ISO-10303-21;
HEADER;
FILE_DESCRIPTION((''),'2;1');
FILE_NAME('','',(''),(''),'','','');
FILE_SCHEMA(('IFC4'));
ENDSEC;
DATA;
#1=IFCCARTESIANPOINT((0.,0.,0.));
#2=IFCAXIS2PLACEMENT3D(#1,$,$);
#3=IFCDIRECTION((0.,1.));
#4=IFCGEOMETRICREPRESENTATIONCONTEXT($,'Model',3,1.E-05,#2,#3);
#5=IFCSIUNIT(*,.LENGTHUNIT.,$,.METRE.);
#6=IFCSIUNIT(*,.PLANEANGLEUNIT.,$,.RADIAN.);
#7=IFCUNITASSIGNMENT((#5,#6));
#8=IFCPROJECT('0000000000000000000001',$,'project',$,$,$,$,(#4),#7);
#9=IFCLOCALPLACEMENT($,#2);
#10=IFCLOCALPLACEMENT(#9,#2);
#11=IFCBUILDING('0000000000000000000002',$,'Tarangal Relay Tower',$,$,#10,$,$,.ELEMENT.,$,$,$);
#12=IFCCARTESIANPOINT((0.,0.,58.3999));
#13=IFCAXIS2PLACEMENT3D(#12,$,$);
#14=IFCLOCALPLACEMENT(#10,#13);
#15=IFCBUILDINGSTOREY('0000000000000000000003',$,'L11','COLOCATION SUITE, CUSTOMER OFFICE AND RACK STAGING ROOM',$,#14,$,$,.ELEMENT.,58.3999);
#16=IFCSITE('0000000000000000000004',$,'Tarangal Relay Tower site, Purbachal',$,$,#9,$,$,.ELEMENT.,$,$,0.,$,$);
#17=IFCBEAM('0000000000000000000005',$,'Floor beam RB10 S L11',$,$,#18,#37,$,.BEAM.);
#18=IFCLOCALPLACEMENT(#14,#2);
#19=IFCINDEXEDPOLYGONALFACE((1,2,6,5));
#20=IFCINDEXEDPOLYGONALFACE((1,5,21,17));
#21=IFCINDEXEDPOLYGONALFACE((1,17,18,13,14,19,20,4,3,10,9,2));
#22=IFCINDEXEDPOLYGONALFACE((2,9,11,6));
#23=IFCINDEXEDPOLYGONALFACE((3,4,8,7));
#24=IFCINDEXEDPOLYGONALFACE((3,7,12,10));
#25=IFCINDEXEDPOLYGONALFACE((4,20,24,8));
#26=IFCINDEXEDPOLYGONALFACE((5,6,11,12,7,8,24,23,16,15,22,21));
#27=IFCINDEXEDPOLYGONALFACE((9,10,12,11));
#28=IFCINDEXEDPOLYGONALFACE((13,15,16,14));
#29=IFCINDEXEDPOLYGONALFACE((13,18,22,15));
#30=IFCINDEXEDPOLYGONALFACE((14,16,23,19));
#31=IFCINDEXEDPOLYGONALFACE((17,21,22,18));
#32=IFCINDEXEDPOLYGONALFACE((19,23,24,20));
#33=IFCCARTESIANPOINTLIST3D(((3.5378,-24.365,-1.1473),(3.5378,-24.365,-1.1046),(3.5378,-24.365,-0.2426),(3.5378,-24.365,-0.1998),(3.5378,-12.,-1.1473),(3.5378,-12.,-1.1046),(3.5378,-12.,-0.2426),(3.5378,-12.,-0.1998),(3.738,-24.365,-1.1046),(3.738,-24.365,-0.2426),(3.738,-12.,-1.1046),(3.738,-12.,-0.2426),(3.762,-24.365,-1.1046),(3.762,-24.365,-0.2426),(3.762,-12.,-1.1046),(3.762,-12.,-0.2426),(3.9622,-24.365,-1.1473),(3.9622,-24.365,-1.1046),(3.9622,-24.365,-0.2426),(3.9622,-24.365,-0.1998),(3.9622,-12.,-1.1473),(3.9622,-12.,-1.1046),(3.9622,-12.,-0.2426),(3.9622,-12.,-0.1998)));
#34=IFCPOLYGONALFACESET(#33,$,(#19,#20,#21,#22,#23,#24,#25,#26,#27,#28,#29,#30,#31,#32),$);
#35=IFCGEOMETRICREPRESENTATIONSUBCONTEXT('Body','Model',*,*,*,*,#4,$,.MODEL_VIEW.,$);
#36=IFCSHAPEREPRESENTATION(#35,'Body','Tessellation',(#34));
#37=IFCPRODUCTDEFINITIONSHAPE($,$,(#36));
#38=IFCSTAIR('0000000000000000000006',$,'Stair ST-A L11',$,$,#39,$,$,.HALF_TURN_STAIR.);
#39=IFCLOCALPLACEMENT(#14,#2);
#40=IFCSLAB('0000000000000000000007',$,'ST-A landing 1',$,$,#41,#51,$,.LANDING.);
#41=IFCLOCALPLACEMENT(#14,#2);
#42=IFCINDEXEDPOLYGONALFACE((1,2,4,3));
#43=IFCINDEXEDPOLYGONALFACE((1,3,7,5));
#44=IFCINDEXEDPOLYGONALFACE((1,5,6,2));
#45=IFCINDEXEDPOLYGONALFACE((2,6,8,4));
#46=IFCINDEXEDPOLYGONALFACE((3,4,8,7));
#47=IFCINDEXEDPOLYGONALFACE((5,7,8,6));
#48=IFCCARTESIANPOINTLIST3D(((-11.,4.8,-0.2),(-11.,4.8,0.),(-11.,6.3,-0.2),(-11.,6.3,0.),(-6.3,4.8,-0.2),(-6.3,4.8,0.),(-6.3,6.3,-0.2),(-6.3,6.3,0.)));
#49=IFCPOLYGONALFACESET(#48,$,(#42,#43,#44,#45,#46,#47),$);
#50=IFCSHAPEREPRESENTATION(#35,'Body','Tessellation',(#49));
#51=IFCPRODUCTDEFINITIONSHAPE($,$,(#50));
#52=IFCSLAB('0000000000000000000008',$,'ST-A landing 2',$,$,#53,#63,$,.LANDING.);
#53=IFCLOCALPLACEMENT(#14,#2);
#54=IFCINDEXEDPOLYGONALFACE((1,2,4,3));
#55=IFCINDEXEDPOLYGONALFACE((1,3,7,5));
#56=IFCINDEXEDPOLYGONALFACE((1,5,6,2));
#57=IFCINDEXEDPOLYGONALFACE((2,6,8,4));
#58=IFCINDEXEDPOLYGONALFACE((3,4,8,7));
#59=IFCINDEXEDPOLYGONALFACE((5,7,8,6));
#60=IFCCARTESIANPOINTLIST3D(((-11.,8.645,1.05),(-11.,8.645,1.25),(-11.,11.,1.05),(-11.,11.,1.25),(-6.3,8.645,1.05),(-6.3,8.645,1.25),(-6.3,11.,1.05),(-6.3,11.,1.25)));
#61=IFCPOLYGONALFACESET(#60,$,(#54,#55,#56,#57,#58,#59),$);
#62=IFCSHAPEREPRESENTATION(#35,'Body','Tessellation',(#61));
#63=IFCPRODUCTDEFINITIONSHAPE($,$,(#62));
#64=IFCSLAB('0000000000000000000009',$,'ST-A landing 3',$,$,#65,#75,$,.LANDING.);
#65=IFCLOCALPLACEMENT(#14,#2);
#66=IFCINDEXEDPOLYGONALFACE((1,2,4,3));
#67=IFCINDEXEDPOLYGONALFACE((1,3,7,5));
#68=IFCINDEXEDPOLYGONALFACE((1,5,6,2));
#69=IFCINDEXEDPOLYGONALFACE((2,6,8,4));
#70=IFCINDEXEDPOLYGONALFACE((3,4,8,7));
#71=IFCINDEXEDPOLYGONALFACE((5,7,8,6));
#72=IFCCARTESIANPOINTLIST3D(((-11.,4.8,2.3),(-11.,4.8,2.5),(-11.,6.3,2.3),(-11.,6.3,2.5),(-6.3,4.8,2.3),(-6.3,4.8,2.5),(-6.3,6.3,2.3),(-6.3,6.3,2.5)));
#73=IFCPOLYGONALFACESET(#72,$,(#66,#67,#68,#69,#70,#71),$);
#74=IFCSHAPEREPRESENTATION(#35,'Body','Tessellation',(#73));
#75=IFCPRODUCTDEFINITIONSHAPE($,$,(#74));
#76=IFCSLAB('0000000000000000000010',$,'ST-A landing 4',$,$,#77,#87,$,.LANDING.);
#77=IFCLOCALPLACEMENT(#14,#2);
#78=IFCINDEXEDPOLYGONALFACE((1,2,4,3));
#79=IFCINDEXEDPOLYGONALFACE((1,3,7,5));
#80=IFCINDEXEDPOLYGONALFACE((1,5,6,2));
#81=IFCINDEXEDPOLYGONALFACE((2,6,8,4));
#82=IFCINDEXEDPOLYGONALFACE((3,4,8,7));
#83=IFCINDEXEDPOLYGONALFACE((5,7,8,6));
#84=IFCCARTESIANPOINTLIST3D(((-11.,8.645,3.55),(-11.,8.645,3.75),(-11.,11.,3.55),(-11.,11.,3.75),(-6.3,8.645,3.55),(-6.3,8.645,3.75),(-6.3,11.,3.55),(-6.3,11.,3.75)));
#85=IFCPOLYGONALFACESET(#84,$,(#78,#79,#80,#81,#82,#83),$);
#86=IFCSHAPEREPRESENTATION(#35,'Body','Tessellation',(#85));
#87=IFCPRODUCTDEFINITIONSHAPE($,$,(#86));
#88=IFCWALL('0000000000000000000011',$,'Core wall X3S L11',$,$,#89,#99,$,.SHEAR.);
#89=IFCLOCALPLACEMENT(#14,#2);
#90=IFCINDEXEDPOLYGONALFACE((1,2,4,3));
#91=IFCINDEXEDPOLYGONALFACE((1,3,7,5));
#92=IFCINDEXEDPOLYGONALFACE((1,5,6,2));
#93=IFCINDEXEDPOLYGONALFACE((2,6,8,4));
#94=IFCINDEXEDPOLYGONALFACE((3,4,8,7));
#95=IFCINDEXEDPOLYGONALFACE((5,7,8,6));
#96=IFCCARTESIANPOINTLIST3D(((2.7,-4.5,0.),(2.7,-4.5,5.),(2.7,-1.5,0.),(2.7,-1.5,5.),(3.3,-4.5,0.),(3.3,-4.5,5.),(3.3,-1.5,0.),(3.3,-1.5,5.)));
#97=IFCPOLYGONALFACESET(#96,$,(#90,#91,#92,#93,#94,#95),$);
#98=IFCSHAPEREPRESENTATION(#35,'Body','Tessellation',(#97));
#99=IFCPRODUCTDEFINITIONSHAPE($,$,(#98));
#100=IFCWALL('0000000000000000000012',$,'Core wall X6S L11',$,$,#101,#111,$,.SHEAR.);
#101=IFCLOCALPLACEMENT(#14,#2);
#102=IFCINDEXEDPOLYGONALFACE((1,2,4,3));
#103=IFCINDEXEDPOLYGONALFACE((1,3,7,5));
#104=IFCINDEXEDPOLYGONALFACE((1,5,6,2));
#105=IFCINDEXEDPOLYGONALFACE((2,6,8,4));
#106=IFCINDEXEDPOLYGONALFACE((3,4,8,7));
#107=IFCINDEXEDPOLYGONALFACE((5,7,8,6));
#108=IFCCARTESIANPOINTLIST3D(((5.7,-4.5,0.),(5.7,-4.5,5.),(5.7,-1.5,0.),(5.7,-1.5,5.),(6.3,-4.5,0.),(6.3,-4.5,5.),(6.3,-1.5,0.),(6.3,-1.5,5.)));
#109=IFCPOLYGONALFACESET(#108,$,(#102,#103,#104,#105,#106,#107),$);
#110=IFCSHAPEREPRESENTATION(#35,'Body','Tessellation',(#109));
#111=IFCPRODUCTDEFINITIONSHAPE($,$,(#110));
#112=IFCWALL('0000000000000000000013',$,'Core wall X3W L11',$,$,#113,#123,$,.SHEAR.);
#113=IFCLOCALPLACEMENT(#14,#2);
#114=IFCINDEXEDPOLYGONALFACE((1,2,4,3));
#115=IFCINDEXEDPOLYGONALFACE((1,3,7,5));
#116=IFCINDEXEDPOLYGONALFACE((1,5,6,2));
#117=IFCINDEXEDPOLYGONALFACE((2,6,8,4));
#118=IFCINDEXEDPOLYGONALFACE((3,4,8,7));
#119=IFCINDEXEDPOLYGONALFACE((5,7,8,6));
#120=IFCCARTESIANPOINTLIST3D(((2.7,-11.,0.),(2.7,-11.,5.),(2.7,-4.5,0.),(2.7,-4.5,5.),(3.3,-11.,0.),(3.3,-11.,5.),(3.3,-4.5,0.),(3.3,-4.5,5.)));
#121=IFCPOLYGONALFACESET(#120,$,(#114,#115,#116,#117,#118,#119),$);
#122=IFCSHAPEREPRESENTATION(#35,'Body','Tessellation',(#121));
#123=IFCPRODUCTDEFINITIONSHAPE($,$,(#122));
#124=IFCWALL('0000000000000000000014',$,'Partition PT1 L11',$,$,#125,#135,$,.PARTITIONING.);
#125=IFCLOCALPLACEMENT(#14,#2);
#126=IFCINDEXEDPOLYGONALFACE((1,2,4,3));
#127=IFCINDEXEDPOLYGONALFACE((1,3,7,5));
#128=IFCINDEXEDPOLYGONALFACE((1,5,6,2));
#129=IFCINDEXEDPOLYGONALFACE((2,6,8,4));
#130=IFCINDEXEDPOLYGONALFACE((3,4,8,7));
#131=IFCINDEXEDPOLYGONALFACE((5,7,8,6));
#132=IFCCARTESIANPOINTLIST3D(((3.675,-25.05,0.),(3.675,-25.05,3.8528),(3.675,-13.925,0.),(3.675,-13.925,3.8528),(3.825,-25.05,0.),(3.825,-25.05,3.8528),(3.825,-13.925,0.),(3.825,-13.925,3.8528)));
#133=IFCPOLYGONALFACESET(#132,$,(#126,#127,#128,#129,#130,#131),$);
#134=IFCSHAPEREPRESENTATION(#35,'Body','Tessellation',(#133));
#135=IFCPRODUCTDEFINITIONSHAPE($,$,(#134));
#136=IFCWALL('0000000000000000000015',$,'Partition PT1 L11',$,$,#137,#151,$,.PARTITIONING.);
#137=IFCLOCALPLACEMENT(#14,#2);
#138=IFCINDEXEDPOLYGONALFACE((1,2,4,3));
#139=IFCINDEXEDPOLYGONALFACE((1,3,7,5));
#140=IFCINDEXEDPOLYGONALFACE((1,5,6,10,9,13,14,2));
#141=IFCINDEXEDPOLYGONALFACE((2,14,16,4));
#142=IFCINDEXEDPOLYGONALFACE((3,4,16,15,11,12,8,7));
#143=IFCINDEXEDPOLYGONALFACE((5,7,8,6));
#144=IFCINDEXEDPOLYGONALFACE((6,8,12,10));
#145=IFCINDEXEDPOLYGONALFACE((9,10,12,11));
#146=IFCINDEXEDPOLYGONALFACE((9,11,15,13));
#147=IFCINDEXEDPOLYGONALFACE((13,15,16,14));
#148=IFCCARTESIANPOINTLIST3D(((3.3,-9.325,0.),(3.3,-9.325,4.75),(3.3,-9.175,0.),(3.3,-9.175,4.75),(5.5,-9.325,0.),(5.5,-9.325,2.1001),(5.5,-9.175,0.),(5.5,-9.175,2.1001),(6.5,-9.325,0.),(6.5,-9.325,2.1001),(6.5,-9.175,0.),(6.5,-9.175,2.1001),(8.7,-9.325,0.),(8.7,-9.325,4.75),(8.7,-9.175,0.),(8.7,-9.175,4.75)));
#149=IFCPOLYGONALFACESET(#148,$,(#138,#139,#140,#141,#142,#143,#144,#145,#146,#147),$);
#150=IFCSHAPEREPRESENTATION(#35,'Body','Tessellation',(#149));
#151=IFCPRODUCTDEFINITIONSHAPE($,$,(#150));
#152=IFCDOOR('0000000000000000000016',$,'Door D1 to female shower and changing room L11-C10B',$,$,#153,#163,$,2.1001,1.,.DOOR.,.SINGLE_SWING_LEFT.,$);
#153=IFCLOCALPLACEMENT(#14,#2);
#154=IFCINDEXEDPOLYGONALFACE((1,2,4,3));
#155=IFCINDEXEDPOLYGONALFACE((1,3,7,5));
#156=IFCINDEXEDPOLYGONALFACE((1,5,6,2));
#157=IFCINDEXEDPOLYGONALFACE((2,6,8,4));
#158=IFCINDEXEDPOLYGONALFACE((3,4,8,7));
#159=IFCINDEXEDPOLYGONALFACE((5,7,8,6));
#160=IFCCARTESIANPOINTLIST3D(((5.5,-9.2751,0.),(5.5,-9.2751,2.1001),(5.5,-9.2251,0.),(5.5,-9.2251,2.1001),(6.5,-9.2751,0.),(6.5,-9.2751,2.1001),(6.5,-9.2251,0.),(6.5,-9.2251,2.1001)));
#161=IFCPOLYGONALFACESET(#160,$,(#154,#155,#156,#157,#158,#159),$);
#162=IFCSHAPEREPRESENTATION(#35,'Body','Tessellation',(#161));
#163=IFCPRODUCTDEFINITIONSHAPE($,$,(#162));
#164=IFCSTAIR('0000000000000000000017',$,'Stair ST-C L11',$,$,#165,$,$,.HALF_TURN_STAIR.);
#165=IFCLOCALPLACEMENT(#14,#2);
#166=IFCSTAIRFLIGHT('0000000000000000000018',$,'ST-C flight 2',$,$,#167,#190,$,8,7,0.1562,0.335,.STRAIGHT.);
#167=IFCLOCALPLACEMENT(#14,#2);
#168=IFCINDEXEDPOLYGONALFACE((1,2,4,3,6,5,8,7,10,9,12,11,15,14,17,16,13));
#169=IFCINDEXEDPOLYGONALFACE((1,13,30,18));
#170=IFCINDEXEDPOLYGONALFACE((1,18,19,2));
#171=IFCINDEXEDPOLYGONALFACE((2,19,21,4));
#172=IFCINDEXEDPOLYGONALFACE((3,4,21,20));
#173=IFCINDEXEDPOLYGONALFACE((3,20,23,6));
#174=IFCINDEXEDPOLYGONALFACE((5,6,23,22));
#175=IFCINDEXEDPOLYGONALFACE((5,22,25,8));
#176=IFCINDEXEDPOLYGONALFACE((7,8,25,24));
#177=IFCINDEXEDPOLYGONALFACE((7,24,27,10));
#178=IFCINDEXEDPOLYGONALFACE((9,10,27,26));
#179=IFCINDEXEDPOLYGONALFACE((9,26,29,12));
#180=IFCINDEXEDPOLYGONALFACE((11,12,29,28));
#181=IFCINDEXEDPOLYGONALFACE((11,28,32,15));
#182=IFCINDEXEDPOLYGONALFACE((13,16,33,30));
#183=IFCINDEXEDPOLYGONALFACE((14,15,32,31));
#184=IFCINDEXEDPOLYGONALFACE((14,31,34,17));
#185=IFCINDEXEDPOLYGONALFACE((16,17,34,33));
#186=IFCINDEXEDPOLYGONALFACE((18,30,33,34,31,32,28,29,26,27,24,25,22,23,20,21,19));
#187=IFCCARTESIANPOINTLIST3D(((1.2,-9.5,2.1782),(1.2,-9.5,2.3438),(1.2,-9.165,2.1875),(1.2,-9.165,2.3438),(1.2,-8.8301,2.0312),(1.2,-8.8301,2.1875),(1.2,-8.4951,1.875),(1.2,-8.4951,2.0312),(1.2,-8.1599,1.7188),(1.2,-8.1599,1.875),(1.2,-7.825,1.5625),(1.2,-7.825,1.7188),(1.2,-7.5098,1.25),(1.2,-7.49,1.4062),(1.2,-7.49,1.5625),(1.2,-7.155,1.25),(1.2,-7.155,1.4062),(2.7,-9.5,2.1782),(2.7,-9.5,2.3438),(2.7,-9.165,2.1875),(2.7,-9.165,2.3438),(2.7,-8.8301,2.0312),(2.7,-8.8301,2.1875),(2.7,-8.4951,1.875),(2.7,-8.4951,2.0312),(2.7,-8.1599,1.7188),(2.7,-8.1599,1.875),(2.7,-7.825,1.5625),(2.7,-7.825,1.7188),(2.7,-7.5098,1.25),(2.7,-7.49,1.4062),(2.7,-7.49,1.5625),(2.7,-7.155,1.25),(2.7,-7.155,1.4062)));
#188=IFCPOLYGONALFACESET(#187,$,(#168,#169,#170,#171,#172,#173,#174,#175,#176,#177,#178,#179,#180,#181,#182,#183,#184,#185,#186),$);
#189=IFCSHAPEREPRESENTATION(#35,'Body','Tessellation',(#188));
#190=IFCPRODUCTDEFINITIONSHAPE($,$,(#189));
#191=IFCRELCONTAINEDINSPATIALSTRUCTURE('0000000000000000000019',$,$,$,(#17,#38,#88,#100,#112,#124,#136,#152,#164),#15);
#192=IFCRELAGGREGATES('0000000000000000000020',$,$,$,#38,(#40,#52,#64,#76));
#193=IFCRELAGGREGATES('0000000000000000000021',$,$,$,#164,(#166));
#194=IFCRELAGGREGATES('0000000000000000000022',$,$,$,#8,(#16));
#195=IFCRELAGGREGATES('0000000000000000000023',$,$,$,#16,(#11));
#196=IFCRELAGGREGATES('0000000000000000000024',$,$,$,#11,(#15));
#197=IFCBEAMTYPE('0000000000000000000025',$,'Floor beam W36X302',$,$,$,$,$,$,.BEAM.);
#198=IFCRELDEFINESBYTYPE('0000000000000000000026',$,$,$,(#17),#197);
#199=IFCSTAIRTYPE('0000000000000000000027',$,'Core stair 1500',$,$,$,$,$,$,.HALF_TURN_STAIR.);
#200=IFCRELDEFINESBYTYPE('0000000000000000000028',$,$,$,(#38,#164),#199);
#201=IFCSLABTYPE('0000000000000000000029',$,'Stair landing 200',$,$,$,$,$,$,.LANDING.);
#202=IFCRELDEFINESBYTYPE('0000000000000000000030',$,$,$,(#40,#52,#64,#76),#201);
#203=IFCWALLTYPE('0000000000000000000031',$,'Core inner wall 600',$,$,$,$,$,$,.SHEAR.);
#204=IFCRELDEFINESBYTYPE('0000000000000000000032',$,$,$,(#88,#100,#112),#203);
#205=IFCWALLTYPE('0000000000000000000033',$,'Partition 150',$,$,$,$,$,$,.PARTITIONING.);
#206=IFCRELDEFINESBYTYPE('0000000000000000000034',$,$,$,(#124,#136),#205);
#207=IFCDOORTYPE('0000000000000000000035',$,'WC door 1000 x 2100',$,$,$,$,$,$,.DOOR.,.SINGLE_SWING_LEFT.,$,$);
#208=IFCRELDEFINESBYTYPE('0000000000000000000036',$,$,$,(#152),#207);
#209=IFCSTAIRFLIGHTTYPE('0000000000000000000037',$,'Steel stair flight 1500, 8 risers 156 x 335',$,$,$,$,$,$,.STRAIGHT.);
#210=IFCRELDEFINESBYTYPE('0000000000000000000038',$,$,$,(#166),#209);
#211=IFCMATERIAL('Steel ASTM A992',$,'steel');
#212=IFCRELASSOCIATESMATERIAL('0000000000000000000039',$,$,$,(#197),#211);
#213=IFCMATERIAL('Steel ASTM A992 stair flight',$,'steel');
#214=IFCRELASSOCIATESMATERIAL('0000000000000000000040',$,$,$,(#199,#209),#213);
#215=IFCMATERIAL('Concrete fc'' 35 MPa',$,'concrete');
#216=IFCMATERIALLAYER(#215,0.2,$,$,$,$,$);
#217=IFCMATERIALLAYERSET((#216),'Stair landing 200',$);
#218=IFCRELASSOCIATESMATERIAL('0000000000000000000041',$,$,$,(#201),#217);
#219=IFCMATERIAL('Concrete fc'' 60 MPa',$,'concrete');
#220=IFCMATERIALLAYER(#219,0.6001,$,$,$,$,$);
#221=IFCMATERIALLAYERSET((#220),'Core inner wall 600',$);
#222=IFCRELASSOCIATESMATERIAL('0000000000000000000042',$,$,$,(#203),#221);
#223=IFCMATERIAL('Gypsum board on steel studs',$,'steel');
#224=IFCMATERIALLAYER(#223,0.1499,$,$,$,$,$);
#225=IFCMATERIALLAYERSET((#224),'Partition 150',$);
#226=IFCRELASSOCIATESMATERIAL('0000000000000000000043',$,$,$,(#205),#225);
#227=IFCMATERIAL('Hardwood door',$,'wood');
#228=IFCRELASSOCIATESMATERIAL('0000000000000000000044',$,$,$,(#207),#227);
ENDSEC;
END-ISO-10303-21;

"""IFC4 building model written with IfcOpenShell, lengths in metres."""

from ifc_helpers import new_model, si_unit, direction, frame, frame_2d, origin, origin_2d, place, context, subcontext, project, spatial, polyline, rectangle, i_section, outline, extrude, material, layer, layer_set, material_profile, profile_set, type_object, element, fill, aggregate, save


model = new_model("IFC4")

# Units and contexts
model_context = context("Model", 3, precision=1e-05, world=origin(), true_north=direction((0.0, 1.0)))
body_context = subcontext(model_context, "Body", "Model", "MODEL_VIEW")
ifc_project = project(units=[si_unit("LENGTHUNIT", "METRE"), si_unit("PLANEANGLEUNIT", "RADIAN")], contexts=[model_context])

# Site, building, storey
site_placement = place(None, origin())
site = spatial("IfcSite", under=ifc_project, at=site_placement, Name="Tarangal Relay Tower site, Purbachal", CompositionType="ELEMENT", RefElevation=0.0)
building_placement = place(site_placement, origin())
building = spatial("IfcBuilding", under=site, at=building_placement, Name="Tarangal Relay Tower", CompositionType="ELEMENT")
storey_placement = place(building_placement, frame((0.0, 0.0, 58.3999)))
storey = spatial("IfcBuildingStorey", under=building, at=storey_placement, Name="L11", Description="COLOCATION SUITE, CUSTOMER OFFICE AND RACK STAGING ROOM", CompositionType="ELEMENT", Elevation=58.3999)

# Beam
ifc_material_1 = material(Name="Steel ASTM A992", Category="steel")
ifc_material_profile = material_profile(ifc_material_1, i_section(OverallWidth=0.4243, OverallDepth=0.9475, WebThickness=0.0239, FlangeThickness=0.0427, at=origin_2d()), Name="W36X302")
ifc_profile_set = profile_set([ifc_material_profile], Name="Steel ASTM A992")
beam_type = type_object("IfcBeamType", Name="Floor beam W36X302", PredefinedType="BEAM", material=ifc_profile_set)
beam_placement = place(storey_placement, frame((3.75, -12.0, -0.6736), z_axis=(0.0, -1.0, 0.0), x_axis=(1.0, 0.0, 0.0)))
element("IfcBeam", 1, at=beam_placement, inside=storey, type_object=beam_type, Name="Floor beam RB10 S L11", PredefinedType="BEAM", context=body_context, shape_type="SweptSolid", body=[
    extrude(i_section(OverallWidth=0.4243, OverallDepth=0.9475, WebThickness=0.0239, FlangeThickness=0.0427, at=origin_2d()), origin(), (0.0, 0.0, 1.0), 12.365),
])

# Stair, slabs
ifc_material_2 = material(Name="Steel ASTM A992 stair flight", Category="steel")
stair_type = type_object("IfcStairType", Name="Core stair 1500", PredefinedType="HALF_TURN_STAIR", material=ifc_material_2)
stair_1_placement = place(storey_placement, origin())
stair_1 = element("IfcStair", 2, at=stair_1_placement, inside=storey, type_object=stair_type, Name="Stair ST-A L11", PredefinedType="HALF_TURN_STAIR")
ifc_material_3 = material(Name="Concrete fc' 35 MPa", Category="concrete")
ifc_layer_1 = layer(ifc_material_3, 0.2)
ifc_layer_set_1 = layer_set([ifc_layer_1], Name="Stair landing 200")
slab_type = type_object("IfcSlabType", Name="Stair landing 200", PredefinedType="LANDING", material=ifc_layer_set_1)
slab_1_placement = place(storey_placement, frame((0.0, 0.0, -0.2)))
slab_1 = element("IfcSlab", 3, at=slab_1_placement, type_object=slab_type, Name="ST-A landing 1", PredefinedType="LANDING", context=body_context, shape_type="SweptSolid", body=[
    extrude(outline(polyline([(-11.0, 4.8), (-6.3, 4.8), (-6.3, 6.3), (-11.0, 6.3), (-11.0, 4.8)])), origin(), (0.0, 0.0, 1.0), 0.2),
])
slab_2_placement = place(storey_placement, frame((0.0, 0.0, 1.05)))
slab_2 = element("IfcSlab", 4, at=slab_2_placement, type_object=slab_type, Name="ST-A landing 2", PredefinedType="LANDING", context=body_context, shape_type="SweptSolid", body=[
    extrude(outline(polyline([(-11.0, 8.645), (-6.3, 8.645), (-6.3, 11.0), (-11.0, 11.0), (-11.0, 8.645)])), origin(), (0.0, 0.0, 1.0), 0.2),
])
slab_3_placement = place(storey_placement, frame((0.0, 0.0, 2.3)))
slab_3 = element("IfcSlab", 5, at=slab_3_placement, type_object=slab_type, Name="ST-A landing 3", PredefinedType="LANDING", context=body_context, shape_type="SweptSolid", body=[
    extrude(outline(polyline([(-11.0, 4.8), (-6.3, 4.8), (-6.3, 6.3), (-11.0, 6.3), (-11.0, 4.8)])), origin(), (0.0, 0.0, 1.0), 0.2),
])
slab_4_placement = place(storey_placement, frame((0.0, 0.0, 3.55)))
slab_4 = element("IfcSlab", 6, at=slab_4_placement, type_object=slab_type, Name="ST-A landing 4", PredefinedType="LANDING", context=body_context, shape_type="SweptSolid", body=[
    extrude(outline(polyline([(-11.0, 8.645), (-6.3, 8.645), (-6.3, 11.0), (-11.0, 11.0), (-11.0, 8.645)])), origin(), (0.0, 0.0, 1.0), 0.2),
])
aggregate(stair_1, [slab_1, slab_2, slab_3, slab_4])

# Walls
ifc_material_4 = material(Name="Concrete fc' 60 MPa", Category="concrete")
ifc_layer_2 = layer(ifc_material_4, 0.6001)
ifc_layer_set_2 = layer_set([ifc_layer_2], Name="Core inner wall 600")
wall_type_1 = type_object("IfcWallType", Name="Core inner wall 600", PredefinedType="SHEAR", material=ifc_layer_set_2)
for number, where, z_axis, x_axis, name in (
    (7, (3.0, -4.5, 0.0), (0.0, 0.0, 1.0), (0.0, 1.0, 0.0), "Core wall X3S L11"),
    (8, (6.0, -4.5, 0.0), (0.0, 0.0, 1.0), (0.0, 1.0, 0.0), "Core wall X6S L11"),
):
    element("IfcWall", number, at=place(storey_placement, frame(where, z_axis=z_axis, x_axis=x_axis)), inside=storey, type_object=wall_type_1, Name=name, PredefinedType="SHEAR", context=body_context, shape_type="SweptSolid", body=[
        extrude(rectangle(XDim=3.0, YDim=0.6001, at=frame_2d((1.5, 0.0))), origin(), (0.0, 0.0, 1.0), 5.0),
    ])
wall_1_placement = place(storey_placement, frame((3.0, -11.0, 0.0), z_axis=(0.0, 0.0, 1.0), x_axis=(0.0, 1.0, 0.0)))
element("IfcWall", 9, at=wall_1_placement, inside=storey, type_object=wall_type_1, Name="Core wall X3W L11", PredefinedType="SHEAR", context=body_context, shape_type="SweptSolid", body=[
    extrude(rectangle(XDim=6.5, YDim=0.6001, at=frame_2d((3.25, 0.0))), origin(), (0.0, 0.0, 1.0), 5.0),
])
ifc_material_5 = material(Name="Gypsum board on steel studs", Category="steel")
ifc_layer_3 = layer(ifc_material_5, 0.1499)
ifc_layer_set_3 = layer_set([ifc_layer_3], Name="Partition 150")
wall_type_2 = type_object("IfcWallType", Name="Partition 150", PredefinedType="PARTITIONING", material=ifc_layer_set_3)
wall_2_placement = place(storey_placement, frame((3.75, -25.05, 0.0), z_axis=(0.0, 0.0, 1.0), x_axis=(0.0, 1.0, 0.0)))
element("IfcWall", 10, at=wall_2_placement, inside=storey, type_object=wall_type_2, Name="Partition PT1 L11", PredefinedType="PARTITIONING", context=body_context, shape_type="SweptSolid", body=[
    extrude(rectangle(XDim=11.125, YDim=0.1499, at=frame_2d((5.5625, 0.0))), origin(), (0.0, 0.0, 1.0), 3.8528),
])

# Wall, opening, door
wall_3_placement = place(storey_placement, frame((3.3, -9.25, 0.0), z_axis=(0.0, 0.0, 1.0), x_axis=(1.0, 0.0, 0.0)))
wall_3 = element("IfcWall", 11, at=wall_3_placement, inside=storey, type_object=wall_type_2, Name="Partition PT1 L11", PredefinedType="PARTITIONING", context=body_context, shape_type="SweptSolid", body=[
    extrude(rectangle(XDim=5.3999, YDim=0.1499, at=frame_2d((2.7, 0.0))), origin(), (0.0, 0.0, 1.0), 4.75),
])
opening_placement = place(wall_3_placement, frame((2.2, 0.0, 0.0)))
opening = element("IfcOpeningElement", 12, at=opening_placement, cuts=wall_3, PredefinedType="OPENING", context=body_context, shape_type="SweptSolid", body=[
    extrude(rectangle(XDim=1.0, YDim=2.1001, at=frame_2d((0.5, 1.05))), frame((0.0, 0.085, 0.0), z_axis=(0.0, -1.0, 0.0), x_axis=(1.0, 0.0, 0.0)), (0.0, 0.0, 1.0), 0.1699),
])
ifc_material_6 = material(Name="Hardwood door", Category="wood")
door_type = type_object("IfcDoorType", Name="WC door 1000 x 2100", OperationType="SINGLE_SWING_LEFT", PredefinedType="DOOR", material=ifc_material_6)
door_placement = place(opening_placement, origin())
door = element("IfcDoor", 13, at=door_placement, inside=storey, type_object=door_type, Name="Door D1 to female shower and changing room L11-C10B", OperationType="SINGLE_SWING_LEFT", OverallHeight=2.1001, OverallWidth=1.0, PredefinedType="DOOR", context=body_context, shape_type="SweptSolid", body=[
    extrude(rectangle(XDim=1.0, YDim=2.1001, at=frame_2d((0.5, 1.05))), frame((0.0, 0.0249, 0.0), z_axis=(0.0, -1.0, 0.0), x_axis=(1.0, 0.0, 0.0)), (0.0, 0.0, 1.0), 0.05),
])
fill(opening, door)

# Stair, stair flight
stair_2_placement = place(storey_placement, origin())
stair_2 = element("IfcStair", 14, at=stair_2_placement, inside=storey, type_object=stair_type, Name="Stair ST-C L11", PredefinedType="HALF_TURN_STAIR")
stair_flight_type = type_object("IfcStairFlightType", Name="Steel stair flight 1500, 8 risers 156 x 335", PredefinedType="STRAIGHT", material=ifc_material_2)
stair_flight_1_placement = place(storey_placement, frame((1.95, -7.155, 1.25), z_axis=(0.0, 0.0, 1.0), x_axis=(0.0, -1.0, 0.0)))
stair_flight_1 = element("IfcStairFlight", 15, at=stair_flight_1_placement, type_object=stair_flight_type, Name="ST-C flight 2", NumberOfRisers=8, NumberOfTreads=7, PredefinedType="STRAIGHT", RiserHeight=0.1562, TreadLength=0.335, context=body_context, shape_type="SweptSolid", body=[
    extrude(outline(polyline([(0.0, 0.0), (0.0, 0.1562), (0.335, 0.1562), (0.335, 0.3125), (0.6699, 0.3125), (0.6699, 0.4688), (1.0049, 0.4688), (1.0049, 0.625), (1.3401, 0.625), (1.3401, 0.7812), (1.675, 0.7812), (1.675, 0.9375), (2.01, 0.9375), (2.01, 1.0938), (2.345, 1.0938), (2.345, 1.25), (2.345, 0.9282), (0.3547, 0.0), (0.0, 0.0)])), frame((0.0, 0.75, 0.0), z_axis=(0.0, -1.0, 0.0), x_axis=(1.0, 0.0, 0.0)), (0.0, 0.0, 1.0), 1.5),
])
aggregate(stair_2, [stair_flight_1])

save(model, "model.ifc")
